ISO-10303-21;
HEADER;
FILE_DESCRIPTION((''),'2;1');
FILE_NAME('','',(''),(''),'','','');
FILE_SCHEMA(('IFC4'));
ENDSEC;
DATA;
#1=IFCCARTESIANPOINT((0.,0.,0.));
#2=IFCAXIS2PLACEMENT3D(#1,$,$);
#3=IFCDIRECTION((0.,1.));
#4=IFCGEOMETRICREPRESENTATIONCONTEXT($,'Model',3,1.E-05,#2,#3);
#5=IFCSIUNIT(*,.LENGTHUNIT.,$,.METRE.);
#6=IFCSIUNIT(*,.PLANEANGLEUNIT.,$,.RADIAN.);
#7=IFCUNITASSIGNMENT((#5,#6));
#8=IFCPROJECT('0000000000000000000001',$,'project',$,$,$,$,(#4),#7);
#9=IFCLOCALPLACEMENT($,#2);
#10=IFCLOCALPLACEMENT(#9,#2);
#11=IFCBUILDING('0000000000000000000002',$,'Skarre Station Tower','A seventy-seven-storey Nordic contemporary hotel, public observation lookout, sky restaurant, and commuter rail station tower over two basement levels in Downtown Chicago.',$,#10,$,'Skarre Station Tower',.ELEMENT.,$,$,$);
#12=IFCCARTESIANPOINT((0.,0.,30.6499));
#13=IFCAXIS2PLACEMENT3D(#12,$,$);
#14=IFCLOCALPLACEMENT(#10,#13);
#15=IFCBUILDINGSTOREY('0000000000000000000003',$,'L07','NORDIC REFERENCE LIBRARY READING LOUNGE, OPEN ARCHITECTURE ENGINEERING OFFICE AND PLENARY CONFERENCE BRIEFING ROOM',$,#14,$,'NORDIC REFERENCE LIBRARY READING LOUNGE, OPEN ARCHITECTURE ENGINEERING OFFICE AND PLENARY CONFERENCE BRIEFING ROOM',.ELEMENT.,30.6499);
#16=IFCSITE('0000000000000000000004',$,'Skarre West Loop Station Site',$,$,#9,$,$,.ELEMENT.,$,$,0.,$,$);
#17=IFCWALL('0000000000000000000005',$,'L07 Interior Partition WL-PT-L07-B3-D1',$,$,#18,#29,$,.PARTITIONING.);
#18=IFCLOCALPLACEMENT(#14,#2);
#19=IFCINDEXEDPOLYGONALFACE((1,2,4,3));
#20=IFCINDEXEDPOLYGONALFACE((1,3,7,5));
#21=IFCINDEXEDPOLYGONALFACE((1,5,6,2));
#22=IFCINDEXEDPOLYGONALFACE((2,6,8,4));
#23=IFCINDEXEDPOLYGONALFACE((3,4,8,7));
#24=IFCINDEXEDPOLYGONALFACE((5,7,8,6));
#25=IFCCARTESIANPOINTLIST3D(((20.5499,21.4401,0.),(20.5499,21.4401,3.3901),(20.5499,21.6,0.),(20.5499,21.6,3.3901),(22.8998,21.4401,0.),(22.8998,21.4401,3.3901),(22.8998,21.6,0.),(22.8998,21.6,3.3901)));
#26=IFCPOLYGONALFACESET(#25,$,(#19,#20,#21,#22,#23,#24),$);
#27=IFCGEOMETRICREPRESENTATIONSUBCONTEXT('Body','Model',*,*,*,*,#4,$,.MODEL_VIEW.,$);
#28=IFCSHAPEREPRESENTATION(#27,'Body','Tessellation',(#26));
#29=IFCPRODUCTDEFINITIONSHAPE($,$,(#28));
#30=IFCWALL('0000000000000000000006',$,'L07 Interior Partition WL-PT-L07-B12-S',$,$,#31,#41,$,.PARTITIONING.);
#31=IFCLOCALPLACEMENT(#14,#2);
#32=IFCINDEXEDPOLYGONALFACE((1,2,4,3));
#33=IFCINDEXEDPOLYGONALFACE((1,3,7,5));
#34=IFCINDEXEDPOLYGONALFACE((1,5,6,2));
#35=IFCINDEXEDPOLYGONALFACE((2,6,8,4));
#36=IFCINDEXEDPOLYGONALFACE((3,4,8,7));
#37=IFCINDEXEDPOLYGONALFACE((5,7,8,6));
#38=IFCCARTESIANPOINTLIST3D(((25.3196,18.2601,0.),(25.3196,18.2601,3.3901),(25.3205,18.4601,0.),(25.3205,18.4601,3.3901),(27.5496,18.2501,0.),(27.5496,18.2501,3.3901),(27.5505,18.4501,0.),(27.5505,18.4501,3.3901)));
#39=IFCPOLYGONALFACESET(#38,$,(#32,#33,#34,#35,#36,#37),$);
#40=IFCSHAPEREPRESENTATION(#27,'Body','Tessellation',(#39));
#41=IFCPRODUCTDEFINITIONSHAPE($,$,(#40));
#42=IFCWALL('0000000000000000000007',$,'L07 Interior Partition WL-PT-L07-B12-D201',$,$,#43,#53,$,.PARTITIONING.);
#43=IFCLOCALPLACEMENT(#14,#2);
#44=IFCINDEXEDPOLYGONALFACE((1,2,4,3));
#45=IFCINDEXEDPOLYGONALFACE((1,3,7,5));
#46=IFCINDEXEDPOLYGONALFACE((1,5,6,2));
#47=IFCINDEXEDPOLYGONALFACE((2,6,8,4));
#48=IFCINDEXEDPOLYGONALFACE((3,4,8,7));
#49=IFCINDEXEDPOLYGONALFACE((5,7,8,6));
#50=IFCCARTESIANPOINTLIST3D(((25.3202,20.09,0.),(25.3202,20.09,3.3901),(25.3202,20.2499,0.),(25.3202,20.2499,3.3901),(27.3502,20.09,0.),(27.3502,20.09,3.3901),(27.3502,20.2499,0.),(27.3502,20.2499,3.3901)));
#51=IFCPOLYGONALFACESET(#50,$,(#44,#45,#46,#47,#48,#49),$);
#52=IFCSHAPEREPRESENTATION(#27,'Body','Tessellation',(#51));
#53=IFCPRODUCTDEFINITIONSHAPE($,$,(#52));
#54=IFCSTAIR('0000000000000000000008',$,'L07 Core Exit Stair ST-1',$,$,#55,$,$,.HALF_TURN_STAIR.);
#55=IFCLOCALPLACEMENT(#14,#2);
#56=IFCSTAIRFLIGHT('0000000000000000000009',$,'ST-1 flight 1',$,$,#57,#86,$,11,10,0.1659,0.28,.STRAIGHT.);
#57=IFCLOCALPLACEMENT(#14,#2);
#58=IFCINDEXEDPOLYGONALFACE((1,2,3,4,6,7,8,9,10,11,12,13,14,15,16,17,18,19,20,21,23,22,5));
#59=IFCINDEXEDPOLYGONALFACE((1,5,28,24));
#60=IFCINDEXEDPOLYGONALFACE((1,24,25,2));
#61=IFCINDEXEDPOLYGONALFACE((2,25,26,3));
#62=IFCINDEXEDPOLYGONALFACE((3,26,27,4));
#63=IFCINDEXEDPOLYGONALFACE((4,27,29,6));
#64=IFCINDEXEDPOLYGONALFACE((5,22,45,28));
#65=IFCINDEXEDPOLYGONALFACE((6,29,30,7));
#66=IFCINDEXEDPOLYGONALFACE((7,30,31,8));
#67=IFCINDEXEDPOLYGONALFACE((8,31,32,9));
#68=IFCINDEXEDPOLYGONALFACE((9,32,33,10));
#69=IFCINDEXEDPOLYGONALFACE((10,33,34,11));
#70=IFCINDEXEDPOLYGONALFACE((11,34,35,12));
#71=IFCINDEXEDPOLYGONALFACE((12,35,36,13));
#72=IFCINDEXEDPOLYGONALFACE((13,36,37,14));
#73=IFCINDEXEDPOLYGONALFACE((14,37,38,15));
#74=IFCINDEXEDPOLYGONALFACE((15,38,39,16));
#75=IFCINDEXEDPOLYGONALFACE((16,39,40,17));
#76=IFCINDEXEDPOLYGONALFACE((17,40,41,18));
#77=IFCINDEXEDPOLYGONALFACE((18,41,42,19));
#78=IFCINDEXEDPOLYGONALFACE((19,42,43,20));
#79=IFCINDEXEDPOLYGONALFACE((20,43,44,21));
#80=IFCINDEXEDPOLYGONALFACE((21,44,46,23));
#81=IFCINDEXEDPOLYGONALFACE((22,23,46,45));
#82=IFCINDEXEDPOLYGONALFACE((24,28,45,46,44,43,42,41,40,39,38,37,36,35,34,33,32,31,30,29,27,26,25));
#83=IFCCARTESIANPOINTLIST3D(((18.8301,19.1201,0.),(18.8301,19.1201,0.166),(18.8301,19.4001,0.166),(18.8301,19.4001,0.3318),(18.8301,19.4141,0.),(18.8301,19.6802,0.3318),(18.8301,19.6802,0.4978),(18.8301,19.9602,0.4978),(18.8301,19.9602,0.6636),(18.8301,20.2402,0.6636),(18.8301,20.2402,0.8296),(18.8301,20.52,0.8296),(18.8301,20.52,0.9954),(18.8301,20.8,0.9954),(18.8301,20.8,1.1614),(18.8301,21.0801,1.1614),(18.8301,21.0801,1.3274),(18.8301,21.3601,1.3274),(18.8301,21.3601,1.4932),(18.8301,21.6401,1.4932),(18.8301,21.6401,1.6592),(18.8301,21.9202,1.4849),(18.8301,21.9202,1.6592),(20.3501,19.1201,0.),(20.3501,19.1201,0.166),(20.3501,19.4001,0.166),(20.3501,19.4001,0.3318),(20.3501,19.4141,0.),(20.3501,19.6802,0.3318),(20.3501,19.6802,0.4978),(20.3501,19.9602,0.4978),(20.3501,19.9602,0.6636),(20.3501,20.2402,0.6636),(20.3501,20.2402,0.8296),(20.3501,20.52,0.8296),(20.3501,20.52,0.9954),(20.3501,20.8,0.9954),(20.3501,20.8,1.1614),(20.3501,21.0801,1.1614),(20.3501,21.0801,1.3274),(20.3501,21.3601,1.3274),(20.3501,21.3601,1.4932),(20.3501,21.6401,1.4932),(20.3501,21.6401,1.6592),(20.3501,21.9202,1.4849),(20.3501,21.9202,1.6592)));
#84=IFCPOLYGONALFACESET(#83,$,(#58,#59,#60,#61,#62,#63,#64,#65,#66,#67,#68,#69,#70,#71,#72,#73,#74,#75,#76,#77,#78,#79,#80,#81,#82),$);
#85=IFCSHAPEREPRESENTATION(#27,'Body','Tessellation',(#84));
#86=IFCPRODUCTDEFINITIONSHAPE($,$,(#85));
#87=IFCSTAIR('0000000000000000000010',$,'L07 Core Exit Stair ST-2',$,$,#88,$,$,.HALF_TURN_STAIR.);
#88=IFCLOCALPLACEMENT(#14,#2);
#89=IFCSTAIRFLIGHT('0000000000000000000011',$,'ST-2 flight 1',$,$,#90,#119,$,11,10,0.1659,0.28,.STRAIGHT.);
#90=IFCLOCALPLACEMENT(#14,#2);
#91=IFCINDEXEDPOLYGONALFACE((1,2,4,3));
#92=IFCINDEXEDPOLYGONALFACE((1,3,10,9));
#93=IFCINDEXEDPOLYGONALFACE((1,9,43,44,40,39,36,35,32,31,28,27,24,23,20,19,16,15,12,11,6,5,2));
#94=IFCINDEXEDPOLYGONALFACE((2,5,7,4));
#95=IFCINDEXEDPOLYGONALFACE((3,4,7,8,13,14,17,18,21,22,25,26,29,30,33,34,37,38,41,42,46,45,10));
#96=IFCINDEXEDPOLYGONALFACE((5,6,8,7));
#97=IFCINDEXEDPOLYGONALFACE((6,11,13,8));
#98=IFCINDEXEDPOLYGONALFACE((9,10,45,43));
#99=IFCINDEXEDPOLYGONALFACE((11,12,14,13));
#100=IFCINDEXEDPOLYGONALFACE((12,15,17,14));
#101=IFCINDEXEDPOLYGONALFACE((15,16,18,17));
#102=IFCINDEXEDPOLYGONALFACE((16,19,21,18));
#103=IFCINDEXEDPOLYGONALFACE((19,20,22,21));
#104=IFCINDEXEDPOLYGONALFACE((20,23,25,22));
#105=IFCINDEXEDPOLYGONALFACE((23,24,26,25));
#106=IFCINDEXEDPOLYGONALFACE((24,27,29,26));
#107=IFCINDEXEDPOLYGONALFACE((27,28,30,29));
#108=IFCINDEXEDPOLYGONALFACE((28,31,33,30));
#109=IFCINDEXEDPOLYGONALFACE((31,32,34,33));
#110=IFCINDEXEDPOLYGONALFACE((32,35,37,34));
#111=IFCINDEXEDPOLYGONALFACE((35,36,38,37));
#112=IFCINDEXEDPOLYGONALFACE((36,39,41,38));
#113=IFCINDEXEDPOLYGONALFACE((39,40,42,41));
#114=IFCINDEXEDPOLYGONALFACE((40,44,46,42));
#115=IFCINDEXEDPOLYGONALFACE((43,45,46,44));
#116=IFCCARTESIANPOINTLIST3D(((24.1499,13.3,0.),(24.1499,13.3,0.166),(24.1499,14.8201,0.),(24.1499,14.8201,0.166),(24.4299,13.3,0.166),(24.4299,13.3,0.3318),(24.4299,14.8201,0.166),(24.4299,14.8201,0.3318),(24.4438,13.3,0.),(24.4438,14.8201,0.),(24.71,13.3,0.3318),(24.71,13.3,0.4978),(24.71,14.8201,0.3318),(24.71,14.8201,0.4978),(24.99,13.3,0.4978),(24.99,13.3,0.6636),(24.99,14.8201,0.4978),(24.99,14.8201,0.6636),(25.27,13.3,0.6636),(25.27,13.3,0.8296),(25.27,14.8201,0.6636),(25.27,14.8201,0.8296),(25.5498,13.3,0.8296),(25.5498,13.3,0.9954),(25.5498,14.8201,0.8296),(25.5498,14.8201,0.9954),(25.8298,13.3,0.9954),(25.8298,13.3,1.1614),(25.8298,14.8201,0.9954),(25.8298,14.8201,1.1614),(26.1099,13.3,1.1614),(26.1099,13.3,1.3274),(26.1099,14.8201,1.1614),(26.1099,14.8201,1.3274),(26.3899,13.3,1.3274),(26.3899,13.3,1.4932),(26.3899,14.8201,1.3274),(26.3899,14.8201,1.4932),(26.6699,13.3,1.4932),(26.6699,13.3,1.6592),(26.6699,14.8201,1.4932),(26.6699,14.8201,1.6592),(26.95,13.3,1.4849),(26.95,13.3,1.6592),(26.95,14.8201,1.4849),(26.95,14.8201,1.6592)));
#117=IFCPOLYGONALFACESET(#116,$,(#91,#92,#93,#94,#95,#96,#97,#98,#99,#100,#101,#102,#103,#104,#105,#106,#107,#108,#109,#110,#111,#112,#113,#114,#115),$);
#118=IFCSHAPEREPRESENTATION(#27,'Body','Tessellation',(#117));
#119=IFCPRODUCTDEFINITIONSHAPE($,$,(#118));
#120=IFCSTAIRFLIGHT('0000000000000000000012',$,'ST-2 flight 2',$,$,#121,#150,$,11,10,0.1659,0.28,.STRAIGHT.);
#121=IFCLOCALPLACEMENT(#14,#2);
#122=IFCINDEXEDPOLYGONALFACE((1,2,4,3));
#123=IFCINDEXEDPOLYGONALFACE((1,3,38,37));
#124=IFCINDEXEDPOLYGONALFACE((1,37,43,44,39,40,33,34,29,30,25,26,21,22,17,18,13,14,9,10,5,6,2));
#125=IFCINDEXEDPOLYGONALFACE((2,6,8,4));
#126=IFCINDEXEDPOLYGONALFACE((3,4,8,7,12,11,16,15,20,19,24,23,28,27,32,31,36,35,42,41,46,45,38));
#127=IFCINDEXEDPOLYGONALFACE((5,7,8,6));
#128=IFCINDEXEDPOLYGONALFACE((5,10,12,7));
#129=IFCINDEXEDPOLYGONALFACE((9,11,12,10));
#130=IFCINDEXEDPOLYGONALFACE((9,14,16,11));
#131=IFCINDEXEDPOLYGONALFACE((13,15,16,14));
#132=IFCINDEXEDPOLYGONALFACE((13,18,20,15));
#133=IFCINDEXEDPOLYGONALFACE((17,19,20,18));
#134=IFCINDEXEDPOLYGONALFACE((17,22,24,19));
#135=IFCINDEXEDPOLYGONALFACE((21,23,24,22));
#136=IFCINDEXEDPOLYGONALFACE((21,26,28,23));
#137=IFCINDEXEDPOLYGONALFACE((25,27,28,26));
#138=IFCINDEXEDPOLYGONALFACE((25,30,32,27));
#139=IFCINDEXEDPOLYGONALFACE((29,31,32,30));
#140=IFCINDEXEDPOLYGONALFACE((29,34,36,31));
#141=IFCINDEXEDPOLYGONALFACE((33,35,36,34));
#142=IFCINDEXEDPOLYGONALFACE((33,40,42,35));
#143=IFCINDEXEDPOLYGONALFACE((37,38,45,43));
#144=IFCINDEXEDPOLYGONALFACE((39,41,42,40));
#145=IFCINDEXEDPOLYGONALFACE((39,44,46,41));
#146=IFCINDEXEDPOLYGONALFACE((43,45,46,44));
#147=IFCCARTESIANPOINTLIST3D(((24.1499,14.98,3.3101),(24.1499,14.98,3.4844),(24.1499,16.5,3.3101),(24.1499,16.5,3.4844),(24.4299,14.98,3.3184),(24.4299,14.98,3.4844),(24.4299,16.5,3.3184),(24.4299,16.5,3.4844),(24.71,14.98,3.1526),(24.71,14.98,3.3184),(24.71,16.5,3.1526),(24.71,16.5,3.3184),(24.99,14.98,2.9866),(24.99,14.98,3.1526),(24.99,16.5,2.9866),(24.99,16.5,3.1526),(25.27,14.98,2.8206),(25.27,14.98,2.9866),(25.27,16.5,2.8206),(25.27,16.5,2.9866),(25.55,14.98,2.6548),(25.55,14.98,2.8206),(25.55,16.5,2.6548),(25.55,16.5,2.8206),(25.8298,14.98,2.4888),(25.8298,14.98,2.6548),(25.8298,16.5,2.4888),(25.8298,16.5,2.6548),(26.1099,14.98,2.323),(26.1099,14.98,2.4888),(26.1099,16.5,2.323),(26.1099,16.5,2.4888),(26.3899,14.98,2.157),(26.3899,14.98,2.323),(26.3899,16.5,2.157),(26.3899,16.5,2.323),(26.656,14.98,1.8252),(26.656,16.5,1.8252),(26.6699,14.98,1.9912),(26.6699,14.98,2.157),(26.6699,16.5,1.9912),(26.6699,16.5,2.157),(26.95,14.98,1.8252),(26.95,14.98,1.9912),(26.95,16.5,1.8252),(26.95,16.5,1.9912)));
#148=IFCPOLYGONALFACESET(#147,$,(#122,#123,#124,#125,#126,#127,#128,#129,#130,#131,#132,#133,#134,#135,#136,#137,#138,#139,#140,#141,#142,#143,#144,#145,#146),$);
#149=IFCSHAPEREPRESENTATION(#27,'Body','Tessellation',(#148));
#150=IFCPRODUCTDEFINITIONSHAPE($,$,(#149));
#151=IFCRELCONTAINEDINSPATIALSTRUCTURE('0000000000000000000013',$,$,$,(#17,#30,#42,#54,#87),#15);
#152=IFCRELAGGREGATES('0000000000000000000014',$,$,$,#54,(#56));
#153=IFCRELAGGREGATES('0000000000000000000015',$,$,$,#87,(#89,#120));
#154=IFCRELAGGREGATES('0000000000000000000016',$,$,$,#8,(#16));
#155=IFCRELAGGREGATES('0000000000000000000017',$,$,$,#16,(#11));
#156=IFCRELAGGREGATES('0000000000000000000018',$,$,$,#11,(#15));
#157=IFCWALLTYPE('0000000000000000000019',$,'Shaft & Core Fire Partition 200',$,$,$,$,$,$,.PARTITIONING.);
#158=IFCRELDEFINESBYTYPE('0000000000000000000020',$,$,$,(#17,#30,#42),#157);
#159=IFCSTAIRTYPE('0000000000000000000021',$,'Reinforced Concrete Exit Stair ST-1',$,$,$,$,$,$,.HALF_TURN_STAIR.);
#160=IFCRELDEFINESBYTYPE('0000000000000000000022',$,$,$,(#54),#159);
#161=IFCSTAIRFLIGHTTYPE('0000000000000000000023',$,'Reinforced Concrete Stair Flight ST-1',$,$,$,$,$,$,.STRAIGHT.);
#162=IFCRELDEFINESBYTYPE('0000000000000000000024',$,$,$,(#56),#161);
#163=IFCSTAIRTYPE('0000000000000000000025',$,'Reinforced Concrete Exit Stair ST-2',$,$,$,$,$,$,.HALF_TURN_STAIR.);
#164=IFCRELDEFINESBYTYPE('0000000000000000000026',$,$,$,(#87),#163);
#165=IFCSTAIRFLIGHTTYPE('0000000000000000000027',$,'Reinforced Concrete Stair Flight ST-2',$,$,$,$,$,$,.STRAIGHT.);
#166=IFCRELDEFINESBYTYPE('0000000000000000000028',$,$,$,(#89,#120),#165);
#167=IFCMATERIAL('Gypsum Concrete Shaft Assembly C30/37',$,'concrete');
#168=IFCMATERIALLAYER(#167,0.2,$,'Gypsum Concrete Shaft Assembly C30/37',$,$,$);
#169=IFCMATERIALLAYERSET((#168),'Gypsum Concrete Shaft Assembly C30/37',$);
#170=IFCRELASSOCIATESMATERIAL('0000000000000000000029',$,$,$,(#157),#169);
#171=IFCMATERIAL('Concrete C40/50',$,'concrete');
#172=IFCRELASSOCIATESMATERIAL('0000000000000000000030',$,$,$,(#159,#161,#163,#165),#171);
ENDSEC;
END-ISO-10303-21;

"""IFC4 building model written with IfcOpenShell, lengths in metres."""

from ifc_helpers import new_model, si_unit, direction, frame, frame_2d, origin, place, context, subcontext, project, spatial, polyline, rectangle, outline, extrude, material, layer, layer_set, type_object, element, aggregate, save


model = new_model("IFC4")

# Units and contexts
model_context = context("Model", 3, precision=1e-05, world=origin(), true_north=direction((0.0, 1.0)))
body_context = subcontext(model_context, "Body", "Model", "MODEL_VIEW")
ifc_project = project(units=[si_unit("LENGTHUNIT", "METRE"), si_unit("PLANEANGLEUNIT", "RADIAN")], contexts=[model_context])

# Site, building, storey
site_placement = place(None, origin())
site = spatial("IfcSite", under=ifc_project, at=site_placement, Name="Skarre West Loop Station Site", CompositionType="ELEMENT", RefElevation=0.0)
building_placement = place(site_placement, origin())
building = spatial("IfcBuilding", under=site, at=building_placement, Name="Skarre Station Tower", Description="A seventy-seven-storey Nordic contemporary hotel, public observation lookout, sky restaurant, and commuter rail station tower over two basement levels in Downtown Chicago.", LongName="Skarre Station Tower", CompositionType="ELEMENT")
storey_placement = place(building_placement, frame((0.0, 0.0, 30.6499)))
storey = spatial("IfcBuildingStorey", under=building, at=storey_placement, Name="L07", Description="NORDIC REFERENCE LIBRARY READING LOUNGE, OPEN ARCHITECTURE ENGINEERING OFFICE AND PLENARY CONFERENCE BRIEFING ROOM", LongName="NORDIC REFERENCE LIBRARY READING LOUNGE, OPEN ARCHITECTURE ENGINEERING OFFICE AND PLENARY CONFERENCE BRIEFING ROOM", CompositionType="ELEMENT", Elevation=30.6499)

# Walls
ifc_material_1 = material(Name="Gypsum Concrete Shaft Assembly C30/37", Category="concrete")
ifc_layer_1 = layer(ifc_material_1, 0.2, Name="Gypsum Concrete Shaft Assembly C30/37")
ifc_layer_set_1 = layer_set([ifc_layer_1], Name="Gypsum Concrete Shaft Assembly C30/37")
wall_type_1 = type_object("IfcWallType", Name="Shaft & Core Fire Partition 200", PredefinedType="PARTITIONING", material=ifc_layer_set_1)
wall_1_placement = place(storey_placement, frame((20.55, 21.52, 0.0), z_axis=(0.0, 0.0, 1.0), x_axis=(1.0, 0.0, 0.0)))
element("IfcWall", 1, at=wall_1_placement, inside=storey, type_object=wall_type_1, Name="L07 Interior Partition WL-PT-L07-B3-D1", PredefinedType="PARTITIONING", context=body_context, shape_type="SweptSolid", body=[
    extrude(rectangle(XDim=2.3499, YDim=0.1599, at=frame_2d((1.1748, 0.0))), origin(), (0.0, 0.0, 1.0), 3.3901),
])
wall_2_placement = place(storey_placement, frame((25.3201, 18.3601, 0.0), z_axis=(0.0, 0.0, 1.0), x_axis=(0.99999, -0.004489, 0.0)))
element("IfcWall", 2, at=wall_2_placement, inside=storey, type_object=wall_type_1, Name="L07 Interior Partition WL-PT-L07-B12-S", PredefinedType="PARTITIONING", context=body_context, shape_type="SweptSolid", body=[
    extrude(rectangle(XDim=2.23, YDim=0.2, at=frame_2d((1.115, 0.0))), origin(), (0.0, 0.0, 1.0), 3.3901),
])
wall_3_placement = place(storey_placement, frame((25.3201, 20.1699, 0.0), z_axis=(0.0, 0.0, 1.0), x_axis=(1.0, 0.0, 0.0)))
element("IfcWall", 3, at=wall_3_placement, inside=storey, type_object=wall_type_1, Name="L07 Interior Partition WL-PT-L07-B12-D201", PredefinedType="PARTITIONING", context=body_context, shape_type="SweptSolid", body=[
    extrude(rectangle(XDim=2.03, YDim=0.1599, at=frame_2d((1.0151, 0.0))), origin(), (0.0, 0.0, 1.0), 3.3901),
])

# Stair, stair flight
ifc_material_2 = material(Name="Concrete C40/50", Category="concrete")
stair_type_1 = type_object("IfcStairType", Name="Reinforced Concrete Exit Stair ST-1", PredefinedType="HALF_TURN_STAIR", material=ifc_material_2)
stair_1_placement = place(storey_placement, origin())
stair_1 = element("IfcStair", 4, at=stair_1_placement, inside=storey, type_object=stair_type_1, Name="L07 Core Exit Stair ST-1", PredefinedType="HALF_TURN_STAIR")
stair_flight_type_1 = type_object("IfcStairFlightType", Name="Reinforced Concrete Stair Flight ST-1", PredefinedType="STRAIGHT", material=ifc_material_2)
stair_flight_1_placement = place(storey_placement, frame((19.5901, 19.1201, 0.0), z_axis=(0.0, 0.0, 1.0), x_axis=(0.0, 1.0, 0.0)))
stair_flight_1 = element("IfcStairFlight", 5, at=stair_flight_1_placement, type_object=stair_flight_type_1, Name="ST-1 flight 1", NumberOfRisers=11, NumberOfTreads=10, PredefinedType="STRAIGHT", RiserHeight=0.1659, TreadLength=0.28, context=body_context, shape_type="SweptSolid", body=[
    extrude(outline(polyline([(0.0, 0.0), (0.0, 0.166), (0.28, 0.166), (0.28, 0.3318), (0.5601, 0.3318), (0.5601, 0.4978), (0.8401, 0.4978), (0.8401, 0.6636), (1.1201, 0.6636), (1.1201, 0.8296), (1.3999, 0.8296), (1.3999, 0.9954), (1.6799, 0.9954), (1.6799, 1.1614), (1.96, 1.1614), (1.96, 1.3274), (2.24, 1.3274), (2.24, 1.4932), (2.52, 1.4932), (2.52, 1.6592), (2.8, 1.6592), (2.8, 1.825), (2.8, 1.4849), (0.2939, 0.0), (0.0, 0.0)])), frame((0.0, 0.76, 0.0), z_axis=(0.0, -1.0, 0.0), x_axis=(1.0, 0.0, 0.0)), (0.0, 0.0, 1.0), 1.52),
])
aggregate(stair_1, [stair_flight_1])

# Stair, stair flights
stair_type_2 = type_object("IfcStairType", Name="Reinforced Concrete Exit Stair ST-2", PredefinedType="HALF_TURN_STAIR", material=ifc_material_2)
stair_2_placement = place(storey_placement, origin())
stair_2 = element("IfcStair", 6, at=stair_2_placement, inside=storey, type_object=stair_type_2, Name="L07 Core Exit Stair ST-2", PredefinedType="HALF_TURN_STAIR")
stair_flight_type_2 = type_object("IfcStairFlightType", Name="Reinforced Concrete Stair Flight ST-2", PredefinedType="STRAIGHT", material=ifc_material_2)
stair_flight_2_placement = place(storey_placement, frame((24.1499, 14.0601, 0.0), z_axis=(0.0, 0.0, 1.0), x_axis=(1.0, 0.0, 0.0)))
stair_flight_2 = element("IfcStairFlight", 7, at=stair_flight_2_placement, type_object=stair_flight_type_2, Name="ST-2 flight 1", NumberOfRisers=11, NumberOfTreads=10, PredefinedType="STRAIGHT", RiserHeight=0.1659, TreadLength=0.28, context=body_context, shape_type="SweptSolid", body=[
    extrude(outline(polyline([(0.0, 0.0), (0.0, 0.166), (0.28, 0.166), (0.28, 0.3318), (0.5601, 0.3318), (0.5601, 0.4978), (0.8401, 0.4978), (0.8401, 0.6636), (1.1201, 0.6636), (1.1201, 0.8296), (1.3999, 0.8296), (1.3999, 0.9954), (1.6799, 0.9954), (1.6799, 1.1614), (1.96, 1.1614), (1.96, 1.3274), (2.24, 1.3274), (2.24, 1.4932), (2.52, 1.4932), (2.52, 1.6592), (2.8, 1.6592), (2.8, 1.825), (2.8, 1.4849), (0.2939, 0.0), (0.0, 0.0)])), frame((0.0, 0.76, 0.0), z_axis=(0.0, -1.0, 0.0), x_axis=(1.0, 0.0, 0.0)), (0.0, 0.0, 1.0), 1.52),
])
stair_flight_3_placement = place(storey_placement, frame((26.95, 15.74, 1.8252), z_axis=(0.0, 0.0, 1.0), x_axis=(-1.0, 0.0, 0.0)))
stair_flight_3 = element("IfcStairFlight", 8, at=stair_flight_3_placement, type_object=stair_flight_type_2, Name="ST-2 flight 2", NumberOfRisers=11, NumberOfTreads=10, PredefinedType="STRAIGHT", RiserHeight=0.1659, TreadLength=0.28, context=body_context, shape_type="SweptSolid", body=[
    extrude(outline(polyline([(0.0, 0.0), (0.0, 0.166), (0.28, 0.166), (0.28, 0.3318), (0.5601, 0.3318), (0.5601, 0.4978), (0.8401, 0.4978), (0.8401, 0.6636), (1.1201, 0.6636), (1.1201, 0.8296), (1.3999, 0.8296), (1.3999, 0.9954), (1.6799, 0.9954), (1.6799, 1.1614), (1.96, 1.1614), (1.96, 1.3274), (2.24, 1.3274), (2.24, 1.4932), (2.52, 1.4932), (2.52, 1.6592), (2.8, 1.6592), (2.8, 1.825), (2.8, 1.4849), (0.2939, 0.0), (0.0, 0.0)])), frame((0.0, 0.76, 0.0), z_axis=(0.0, -1.0, 0.0), x_axis=(1.0, 0.0, 0.0)), (0.0, 0.0, 1.0), 1.52),
])
aggregate(stair_2, [stair_flight_2, stair_flight_3])

save(model, "model.ifc")
